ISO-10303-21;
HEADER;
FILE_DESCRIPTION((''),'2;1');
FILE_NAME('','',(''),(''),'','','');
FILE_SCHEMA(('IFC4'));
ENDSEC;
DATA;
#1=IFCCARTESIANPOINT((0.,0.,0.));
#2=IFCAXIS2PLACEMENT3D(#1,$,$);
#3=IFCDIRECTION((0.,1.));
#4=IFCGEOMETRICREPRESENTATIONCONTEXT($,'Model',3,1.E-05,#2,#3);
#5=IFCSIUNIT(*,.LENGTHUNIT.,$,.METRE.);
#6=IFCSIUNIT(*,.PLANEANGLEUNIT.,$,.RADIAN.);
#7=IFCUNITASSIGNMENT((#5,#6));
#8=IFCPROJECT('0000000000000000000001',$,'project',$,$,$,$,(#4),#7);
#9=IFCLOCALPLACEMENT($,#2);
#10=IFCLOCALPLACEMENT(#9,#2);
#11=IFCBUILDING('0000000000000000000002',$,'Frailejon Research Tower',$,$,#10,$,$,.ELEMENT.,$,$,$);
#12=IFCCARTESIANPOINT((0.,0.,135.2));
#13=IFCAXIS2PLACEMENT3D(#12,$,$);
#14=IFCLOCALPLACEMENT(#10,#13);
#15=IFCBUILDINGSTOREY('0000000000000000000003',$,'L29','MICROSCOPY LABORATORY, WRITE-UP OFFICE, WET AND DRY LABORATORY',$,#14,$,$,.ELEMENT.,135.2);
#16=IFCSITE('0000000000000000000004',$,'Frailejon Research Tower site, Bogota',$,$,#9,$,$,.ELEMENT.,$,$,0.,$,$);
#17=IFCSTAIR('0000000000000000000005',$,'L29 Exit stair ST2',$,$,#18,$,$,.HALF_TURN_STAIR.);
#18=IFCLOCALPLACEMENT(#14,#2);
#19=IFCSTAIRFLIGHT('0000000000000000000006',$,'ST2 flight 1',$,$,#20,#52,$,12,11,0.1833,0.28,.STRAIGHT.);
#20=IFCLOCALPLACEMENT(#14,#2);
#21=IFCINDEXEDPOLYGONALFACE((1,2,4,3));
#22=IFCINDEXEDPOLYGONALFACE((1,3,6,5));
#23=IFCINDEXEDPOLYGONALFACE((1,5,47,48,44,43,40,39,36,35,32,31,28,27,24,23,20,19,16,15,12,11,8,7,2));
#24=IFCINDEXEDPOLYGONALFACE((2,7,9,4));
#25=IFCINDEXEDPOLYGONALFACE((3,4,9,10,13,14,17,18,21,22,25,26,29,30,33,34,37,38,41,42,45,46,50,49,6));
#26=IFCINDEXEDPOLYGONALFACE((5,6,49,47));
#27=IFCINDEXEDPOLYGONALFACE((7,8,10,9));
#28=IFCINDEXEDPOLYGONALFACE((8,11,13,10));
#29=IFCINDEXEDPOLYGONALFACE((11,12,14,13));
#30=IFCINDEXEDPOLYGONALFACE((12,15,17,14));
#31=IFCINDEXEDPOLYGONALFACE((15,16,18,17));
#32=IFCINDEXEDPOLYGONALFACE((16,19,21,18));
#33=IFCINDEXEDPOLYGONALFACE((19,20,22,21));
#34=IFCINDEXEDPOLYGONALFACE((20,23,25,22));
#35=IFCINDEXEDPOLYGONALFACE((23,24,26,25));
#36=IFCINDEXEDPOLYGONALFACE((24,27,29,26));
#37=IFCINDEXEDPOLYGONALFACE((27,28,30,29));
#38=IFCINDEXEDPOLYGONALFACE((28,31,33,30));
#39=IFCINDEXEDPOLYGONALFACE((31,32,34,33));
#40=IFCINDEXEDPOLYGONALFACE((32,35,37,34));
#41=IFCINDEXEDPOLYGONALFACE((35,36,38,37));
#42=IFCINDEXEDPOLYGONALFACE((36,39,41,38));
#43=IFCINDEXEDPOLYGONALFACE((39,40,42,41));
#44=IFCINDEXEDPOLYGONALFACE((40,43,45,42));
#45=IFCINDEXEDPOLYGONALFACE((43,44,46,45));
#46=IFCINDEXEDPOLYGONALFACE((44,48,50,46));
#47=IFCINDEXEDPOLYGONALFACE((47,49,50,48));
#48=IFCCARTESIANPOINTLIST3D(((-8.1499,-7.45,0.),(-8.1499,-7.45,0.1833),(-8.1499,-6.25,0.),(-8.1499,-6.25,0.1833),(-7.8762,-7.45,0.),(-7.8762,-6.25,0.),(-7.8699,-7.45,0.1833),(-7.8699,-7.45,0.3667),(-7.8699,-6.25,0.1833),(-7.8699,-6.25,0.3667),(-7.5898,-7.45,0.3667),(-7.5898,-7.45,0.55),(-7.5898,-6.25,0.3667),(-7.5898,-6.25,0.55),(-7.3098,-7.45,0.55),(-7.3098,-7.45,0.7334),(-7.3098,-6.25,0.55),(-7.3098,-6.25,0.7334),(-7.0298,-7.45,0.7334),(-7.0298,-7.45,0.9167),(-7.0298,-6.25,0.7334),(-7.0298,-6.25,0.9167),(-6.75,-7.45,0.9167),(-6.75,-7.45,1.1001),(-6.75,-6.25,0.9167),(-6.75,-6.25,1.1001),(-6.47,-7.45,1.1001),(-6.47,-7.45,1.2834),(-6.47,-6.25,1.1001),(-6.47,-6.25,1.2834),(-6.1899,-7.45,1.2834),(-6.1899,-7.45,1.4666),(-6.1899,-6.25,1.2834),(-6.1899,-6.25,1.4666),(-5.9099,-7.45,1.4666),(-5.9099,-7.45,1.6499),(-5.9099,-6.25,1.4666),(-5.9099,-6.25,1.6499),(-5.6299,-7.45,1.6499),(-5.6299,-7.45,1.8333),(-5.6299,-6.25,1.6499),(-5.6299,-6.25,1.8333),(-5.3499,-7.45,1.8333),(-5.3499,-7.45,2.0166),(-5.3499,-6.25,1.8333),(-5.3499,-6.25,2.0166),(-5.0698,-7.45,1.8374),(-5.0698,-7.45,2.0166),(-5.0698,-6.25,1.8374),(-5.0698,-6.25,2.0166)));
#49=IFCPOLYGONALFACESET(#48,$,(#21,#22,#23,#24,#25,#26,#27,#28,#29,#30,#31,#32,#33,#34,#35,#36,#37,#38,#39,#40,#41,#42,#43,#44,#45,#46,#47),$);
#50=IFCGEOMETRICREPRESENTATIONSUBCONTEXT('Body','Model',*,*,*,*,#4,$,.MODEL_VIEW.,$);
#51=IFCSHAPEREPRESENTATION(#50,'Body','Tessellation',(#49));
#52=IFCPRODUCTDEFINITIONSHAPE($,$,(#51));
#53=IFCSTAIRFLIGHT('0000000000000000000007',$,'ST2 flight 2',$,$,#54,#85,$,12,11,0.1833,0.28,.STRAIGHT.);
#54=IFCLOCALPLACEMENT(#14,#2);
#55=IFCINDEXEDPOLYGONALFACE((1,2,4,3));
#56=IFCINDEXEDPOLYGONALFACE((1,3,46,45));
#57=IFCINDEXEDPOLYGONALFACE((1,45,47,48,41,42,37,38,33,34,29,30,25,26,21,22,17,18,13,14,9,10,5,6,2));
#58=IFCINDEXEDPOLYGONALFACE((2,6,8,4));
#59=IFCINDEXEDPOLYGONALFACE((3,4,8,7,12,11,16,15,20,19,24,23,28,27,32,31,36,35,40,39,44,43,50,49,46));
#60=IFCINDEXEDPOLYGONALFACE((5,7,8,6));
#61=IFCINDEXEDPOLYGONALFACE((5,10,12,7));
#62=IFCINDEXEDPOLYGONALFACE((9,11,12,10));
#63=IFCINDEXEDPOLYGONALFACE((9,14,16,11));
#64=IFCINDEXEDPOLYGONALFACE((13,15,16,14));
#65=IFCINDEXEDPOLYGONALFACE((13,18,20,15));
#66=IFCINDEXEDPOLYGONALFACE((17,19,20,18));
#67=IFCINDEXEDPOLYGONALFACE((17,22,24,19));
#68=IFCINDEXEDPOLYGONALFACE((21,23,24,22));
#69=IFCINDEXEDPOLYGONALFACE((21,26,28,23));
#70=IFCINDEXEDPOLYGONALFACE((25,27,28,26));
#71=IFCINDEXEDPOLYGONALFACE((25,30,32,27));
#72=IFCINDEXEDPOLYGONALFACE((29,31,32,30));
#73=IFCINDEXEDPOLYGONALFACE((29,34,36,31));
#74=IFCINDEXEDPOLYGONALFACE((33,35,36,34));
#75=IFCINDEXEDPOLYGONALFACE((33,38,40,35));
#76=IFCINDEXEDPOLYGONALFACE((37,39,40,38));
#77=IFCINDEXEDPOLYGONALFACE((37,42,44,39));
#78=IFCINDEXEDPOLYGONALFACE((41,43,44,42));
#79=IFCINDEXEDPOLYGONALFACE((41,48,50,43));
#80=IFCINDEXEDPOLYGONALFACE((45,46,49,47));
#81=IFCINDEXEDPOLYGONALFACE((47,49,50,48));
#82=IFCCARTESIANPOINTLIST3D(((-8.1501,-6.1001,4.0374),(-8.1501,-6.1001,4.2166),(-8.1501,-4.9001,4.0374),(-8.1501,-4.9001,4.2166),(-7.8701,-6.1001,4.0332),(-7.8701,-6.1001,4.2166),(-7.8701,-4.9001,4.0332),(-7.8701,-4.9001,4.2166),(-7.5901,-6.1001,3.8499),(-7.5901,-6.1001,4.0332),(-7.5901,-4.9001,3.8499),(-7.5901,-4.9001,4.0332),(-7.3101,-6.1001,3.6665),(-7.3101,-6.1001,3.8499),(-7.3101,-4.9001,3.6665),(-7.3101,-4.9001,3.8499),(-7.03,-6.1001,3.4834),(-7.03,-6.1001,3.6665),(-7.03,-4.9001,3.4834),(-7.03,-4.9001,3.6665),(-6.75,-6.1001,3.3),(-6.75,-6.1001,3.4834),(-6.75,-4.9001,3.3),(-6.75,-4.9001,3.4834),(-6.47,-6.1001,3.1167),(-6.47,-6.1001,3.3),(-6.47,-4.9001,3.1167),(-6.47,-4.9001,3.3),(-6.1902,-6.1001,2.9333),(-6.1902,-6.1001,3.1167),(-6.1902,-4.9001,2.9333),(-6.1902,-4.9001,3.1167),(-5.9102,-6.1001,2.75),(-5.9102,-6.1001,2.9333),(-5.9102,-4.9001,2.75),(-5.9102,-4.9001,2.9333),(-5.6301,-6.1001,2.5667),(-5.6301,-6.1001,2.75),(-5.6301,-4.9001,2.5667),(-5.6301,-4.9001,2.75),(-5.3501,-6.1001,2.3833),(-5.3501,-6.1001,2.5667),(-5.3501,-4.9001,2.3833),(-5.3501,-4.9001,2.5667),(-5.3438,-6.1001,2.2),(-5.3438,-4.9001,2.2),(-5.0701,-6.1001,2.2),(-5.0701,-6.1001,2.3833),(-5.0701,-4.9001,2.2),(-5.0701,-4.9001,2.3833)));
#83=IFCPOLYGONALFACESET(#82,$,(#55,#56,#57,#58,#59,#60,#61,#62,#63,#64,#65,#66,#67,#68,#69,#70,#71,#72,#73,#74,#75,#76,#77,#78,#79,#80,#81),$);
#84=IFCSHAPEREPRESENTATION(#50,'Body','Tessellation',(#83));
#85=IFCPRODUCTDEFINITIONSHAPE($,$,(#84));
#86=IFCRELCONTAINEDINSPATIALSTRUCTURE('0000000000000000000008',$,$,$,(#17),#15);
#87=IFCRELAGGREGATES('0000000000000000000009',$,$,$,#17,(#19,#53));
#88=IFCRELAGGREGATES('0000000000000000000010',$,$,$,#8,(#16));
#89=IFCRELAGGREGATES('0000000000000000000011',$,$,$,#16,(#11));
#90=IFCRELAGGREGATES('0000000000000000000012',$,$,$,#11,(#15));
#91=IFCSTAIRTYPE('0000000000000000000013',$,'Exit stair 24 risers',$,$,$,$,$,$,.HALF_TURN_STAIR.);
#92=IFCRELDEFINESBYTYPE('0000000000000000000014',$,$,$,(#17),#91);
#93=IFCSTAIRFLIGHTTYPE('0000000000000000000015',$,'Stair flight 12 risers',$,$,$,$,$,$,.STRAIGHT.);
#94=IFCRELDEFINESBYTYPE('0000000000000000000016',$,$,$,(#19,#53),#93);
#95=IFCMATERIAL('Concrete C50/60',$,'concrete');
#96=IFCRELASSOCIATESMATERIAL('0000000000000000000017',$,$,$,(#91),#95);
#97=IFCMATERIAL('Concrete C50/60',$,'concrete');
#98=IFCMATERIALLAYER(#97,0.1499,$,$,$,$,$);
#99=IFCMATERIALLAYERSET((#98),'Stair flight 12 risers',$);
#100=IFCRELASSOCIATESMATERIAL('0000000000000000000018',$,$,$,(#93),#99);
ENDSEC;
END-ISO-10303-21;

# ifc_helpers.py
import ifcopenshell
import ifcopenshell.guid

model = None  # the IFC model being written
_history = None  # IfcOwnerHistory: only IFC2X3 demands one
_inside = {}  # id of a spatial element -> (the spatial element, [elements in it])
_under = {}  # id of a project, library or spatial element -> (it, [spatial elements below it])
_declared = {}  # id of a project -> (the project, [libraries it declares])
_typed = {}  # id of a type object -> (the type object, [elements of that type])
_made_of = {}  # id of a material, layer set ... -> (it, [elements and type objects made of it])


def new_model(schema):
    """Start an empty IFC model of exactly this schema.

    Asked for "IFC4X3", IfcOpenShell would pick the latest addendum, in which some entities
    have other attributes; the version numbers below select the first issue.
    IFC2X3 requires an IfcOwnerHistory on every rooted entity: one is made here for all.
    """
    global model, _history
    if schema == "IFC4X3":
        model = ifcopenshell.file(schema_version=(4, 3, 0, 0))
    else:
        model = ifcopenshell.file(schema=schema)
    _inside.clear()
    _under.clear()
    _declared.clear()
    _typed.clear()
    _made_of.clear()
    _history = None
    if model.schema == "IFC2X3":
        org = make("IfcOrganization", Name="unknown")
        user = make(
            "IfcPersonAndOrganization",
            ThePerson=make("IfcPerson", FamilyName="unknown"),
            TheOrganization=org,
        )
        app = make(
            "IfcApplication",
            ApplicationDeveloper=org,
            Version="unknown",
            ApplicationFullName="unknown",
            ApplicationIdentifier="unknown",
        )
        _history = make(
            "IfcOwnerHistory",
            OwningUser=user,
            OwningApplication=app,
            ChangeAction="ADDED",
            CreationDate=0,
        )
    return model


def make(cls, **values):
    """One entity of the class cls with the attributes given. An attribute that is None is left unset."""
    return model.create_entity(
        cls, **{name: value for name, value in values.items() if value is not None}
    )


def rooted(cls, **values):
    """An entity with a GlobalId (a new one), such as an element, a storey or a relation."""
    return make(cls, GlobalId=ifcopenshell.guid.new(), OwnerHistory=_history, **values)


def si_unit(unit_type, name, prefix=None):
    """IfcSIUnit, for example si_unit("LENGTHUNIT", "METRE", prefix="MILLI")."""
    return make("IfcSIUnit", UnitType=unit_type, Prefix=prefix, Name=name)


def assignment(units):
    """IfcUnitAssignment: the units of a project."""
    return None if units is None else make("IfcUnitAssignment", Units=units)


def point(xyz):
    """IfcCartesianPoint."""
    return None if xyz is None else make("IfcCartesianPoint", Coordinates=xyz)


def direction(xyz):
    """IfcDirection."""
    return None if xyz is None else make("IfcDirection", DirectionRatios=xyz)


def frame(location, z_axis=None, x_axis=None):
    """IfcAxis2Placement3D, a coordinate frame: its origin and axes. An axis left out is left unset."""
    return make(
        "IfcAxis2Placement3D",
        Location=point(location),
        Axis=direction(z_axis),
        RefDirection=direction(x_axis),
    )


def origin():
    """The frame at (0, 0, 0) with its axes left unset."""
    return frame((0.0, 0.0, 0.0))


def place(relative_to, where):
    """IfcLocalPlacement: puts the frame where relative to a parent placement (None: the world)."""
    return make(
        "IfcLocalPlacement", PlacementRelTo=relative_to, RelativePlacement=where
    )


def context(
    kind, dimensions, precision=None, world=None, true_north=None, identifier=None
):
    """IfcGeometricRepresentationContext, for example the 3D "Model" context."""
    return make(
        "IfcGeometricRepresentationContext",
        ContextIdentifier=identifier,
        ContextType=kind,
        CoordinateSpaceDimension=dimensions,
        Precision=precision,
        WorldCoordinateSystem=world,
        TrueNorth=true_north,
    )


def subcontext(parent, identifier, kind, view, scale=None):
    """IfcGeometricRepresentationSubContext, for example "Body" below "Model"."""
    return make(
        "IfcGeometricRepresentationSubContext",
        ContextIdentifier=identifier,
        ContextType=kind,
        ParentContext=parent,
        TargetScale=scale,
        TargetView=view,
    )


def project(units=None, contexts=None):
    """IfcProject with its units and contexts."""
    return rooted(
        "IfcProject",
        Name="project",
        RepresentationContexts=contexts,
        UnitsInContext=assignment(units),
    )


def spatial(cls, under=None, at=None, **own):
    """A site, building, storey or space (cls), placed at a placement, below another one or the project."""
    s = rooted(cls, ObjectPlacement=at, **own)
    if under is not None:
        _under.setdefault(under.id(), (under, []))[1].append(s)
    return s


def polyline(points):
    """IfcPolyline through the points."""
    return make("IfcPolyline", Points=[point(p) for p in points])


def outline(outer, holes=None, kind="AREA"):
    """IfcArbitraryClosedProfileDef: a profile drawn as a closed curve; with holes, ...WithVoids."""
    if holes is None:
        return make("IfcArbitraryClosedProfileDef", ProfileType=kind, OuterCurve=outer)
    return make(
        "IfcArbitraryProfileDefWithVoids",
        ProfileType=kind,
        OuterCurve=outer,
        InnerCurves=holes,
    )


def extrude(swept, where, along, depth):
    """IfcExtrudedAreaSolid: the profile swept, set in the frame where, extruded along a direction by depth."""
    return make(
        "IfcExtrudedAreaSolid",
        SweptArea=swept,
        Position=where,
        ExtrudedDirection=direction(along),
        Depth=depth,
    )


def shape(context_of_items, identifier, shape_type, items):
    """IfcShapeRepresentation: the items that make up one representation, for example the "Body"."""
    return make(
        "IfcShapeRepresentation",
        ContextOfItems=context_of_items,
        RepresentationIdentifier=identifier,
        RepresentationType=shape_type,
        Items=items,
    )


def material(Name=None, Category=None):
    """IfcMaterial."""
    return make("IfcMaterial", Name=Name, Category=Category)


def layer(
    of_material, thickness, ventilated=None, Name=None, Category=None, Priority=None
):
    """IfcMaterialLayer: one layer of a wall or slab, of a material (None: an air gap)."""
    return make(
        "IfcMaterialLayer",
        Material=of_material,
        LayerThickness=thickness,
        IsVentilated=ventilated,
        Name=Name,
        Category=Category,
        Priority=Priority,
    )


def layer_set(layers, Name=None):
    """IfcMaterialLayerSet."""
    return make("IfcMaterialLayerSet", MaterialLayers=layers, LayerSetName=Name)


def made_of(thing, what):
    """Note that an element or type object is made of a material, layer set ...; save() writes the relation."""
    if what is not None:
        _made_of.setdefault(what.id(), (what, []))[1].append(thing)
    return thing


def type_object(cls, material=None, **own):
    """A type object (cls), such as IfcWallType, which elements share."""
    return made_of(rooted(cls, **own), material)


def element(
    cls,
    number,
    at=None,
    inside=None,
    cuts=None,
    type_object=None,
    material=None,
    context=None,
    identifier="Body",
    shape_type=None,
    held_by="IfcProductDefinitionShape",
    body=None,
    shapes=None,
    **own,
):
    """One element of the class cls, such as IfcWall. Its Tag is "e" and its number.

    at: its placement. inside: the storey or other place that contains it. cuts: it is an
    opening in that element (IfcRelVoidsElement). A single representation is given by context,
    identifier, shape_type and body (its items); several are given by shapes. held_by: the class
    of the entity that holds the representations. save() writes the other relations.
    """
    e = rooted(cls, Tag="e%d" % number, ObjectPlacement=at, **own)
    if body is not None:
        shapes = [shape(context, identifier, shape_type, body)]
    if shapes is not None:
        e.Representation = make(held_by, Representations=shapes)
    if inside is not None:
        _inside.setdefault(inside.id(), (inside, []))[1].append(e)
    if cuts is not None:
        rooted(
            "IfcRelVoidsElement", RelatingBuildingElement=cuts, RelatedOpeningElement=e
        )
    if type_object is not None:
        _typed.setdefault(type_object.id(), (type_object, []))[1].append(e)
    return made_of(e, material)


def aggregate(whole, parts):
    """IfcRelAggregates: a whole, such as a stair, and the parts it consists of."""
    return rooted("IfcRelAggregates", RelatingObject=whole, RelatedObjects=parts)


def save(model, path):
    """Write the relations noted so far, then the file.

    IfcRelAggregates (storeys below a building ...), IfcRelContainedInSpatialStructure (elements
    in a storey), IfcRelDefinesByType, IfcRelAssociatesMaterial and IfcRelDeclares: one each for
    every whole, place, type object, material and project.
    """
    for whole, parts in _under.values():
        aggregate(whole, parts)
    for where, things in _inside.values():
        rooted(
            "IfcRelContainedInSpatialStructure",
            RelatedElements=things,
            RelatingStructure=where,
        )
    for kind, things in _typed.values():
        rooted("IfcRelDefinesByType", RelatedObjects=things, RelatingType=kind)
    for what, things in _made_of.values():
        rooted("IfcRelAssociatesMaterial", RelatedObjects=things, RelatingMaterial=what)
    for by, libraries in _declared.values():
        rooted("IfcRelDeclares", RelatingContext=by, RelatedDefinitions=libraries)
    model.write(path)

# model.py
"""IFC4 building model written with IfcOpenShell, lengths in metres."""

from ifc_helpers import new_model, si_unit, direction, frame, origin, place, context, subcontext, project, spatial, polyline, outline, extrude, material, layer, layer_set, type_object, element, aggregate, save


model = new_model("IFC4")

# Units and contexts
model_context = context("Model", 3, precision=1e-05, world=origin(), true_north=direction((0.0, 1.0)))
body_context = subcontext(model_context, "Body", "Model", "MODEL_VIEW")
ifc_project = project(units=[si_unit("LENGTHUNIT", "METRE"), si_unit("PLANEANGLEUNIT", "RADIAN")], contexts=[model_context])

# Site, building, storey
site_placement = place(None, origin())
site = spatial("IfcSite", under=ifc_project, at=site_placement, Name="Frailejon Research Tower site, Bogota", CompositionType="ELEMENT", RefElevation=0.0)
building_placement = place(site_placement, origin())
building = spatial("IfcBuilding", under=site, at=building_placement, Name="Frailejon Research Tower", CompositionType="ELEMENT")
storey_placement = place(building_placement, frame((0.0, 0.0, 135.2)))
storey = spatial("IfcBuildingStorey", under=building, at=storey_placement, Name="L29", Description="MICROSCOPY LABORATORY, WRITE-UP OFFICE, WET AND DRY LABORATORY", CompositionType="ELEMENT", Elevation=135.2)

# Stair, stair flights
ifc_material_1 = material(Name="Concrete C50/60", Category="concrete")
stair_type = type_object("IfcStairType", Name="Exit stair 24 risers", PredefinedType="HALF_TURN_STAIR", material=ifc_material_1)
stair_placement = place(storey_placement, origin())
stair = element("IfcStair", 1, at=stair_placement, inside=storey, type_object=stair_type, Name="L29 Exit stair ST2", PredefinedType="HALF_TURN_STAIR")
ifc_material_2 = material(Name="Concrete C50/60", Category="concrete")
ifc_layer_1 = layer(ifc_material_2, 0.1499)
ifc_layer_set_1 = layer_set([ifc_layer_1], Name="Stair flight 12 risers")
stair_flight_type = type_object("IfcStairFlightType", Name="Stair flight 12 risers", PredefinedType="STRAIGHT", material=ifc_layer_set_1)
stair_flight_1_placement = place(storey_placement, frame((-8.1499, -6.8501, 0.0), z_axis=(0.0, 0.0, 1.0), x_axis=(1.0, 0.0, 0.0)))
stair_flight_1 = element("IfcStairFlight", 2, at=stair_flight_1_placement, type_object=stair_flight_type, Name="ST2 flight 1", NumberOfRisers=12, NumberOfTreads=11, PredefinedType="STRAIGHT", RiserHeight=0.1833, TreadLength=0.28, context=body_context, shape_type="SweptSolid", body=[
    extrude(outline(polyline([(0.0, 0.0), (0.0, 0.1833), (0.28, 0.1833), (0.28, 0.3667), (0.5601, 0.3667), (0.5601, 0.55), (0.8401, 0.55), (0.8401, 0.7334), (1.1201, 0.7334), (1.1201, 0.9167), (1.3999, 0.9167), (1.3999, 1.1001), (1.6799, 1.1001), (1.6799, 1.2834), (1.96, 1.2834), (1.96, 1.4666), (2.24, 1.4666), (2.24, 1.6499), (2.52, 1.6499), (2.52, 1.8333), (2.8, 1.8333), (2.8, 2.0166), (3.0801, 2.0166), (3.0801, 2.2), (3.0801, 1.8374), (0.2737, 0.0), (0.0, 0.0)])), frame((0.0, 0.6001, 0.0), z_axis=(0.0, -1.0, 0.0), x_axis=(1.0, 0.0, 0.0)), (0.0, 0.0, 1.0), 1.2),
])
stair_flight_2_placement = place(storey_placement, frame((-5.0701, -5.5, 2.2), z_axis=(0.0, 0.0, 1.0), x_axis=(-1.0, 0.0, 0.0)))
stair_flight_2 = element("IfcStairFlight", 3, at=stair_flight_2_placement, type_object=stair_flight_type, Name="ST2 flight 2", NumberOfRisers=12, NumberOfTreads=11, PredefinedType="STRAIGHT", RiserHeight=0.1833, TreadLength=0.28, context=body_context, shape_type="SweptSolid", body=[
    extrude(outline(polyline([(0.0, 0.0), (0.0, 0.1833), (0.28, 0.1833), (0.28, 0.3667), (0.5601, 0.3667), (0.5601, 0.55), (0.8401, 0.55), (0.8401, 0.7334), (1.1201, 0.7334), (1.1201, 0.9167), (1.3999, 0.9167), (1.3999, 1.1001), (1.6799, 1.1001), (1.6799, 1.2834), (1.96, 1.2834), (1.96, 1.4666), (2.24, 1.4666), (2.24, 1.6499), (2.52, 1.6499), (2.52, 1.8333), (2.8, 1.8333), (2.8, 2.0166), (3.0801, 2.0166), (3.0801, 2.2), (3.0801, 1.8374), (0.2737, 0.0), (0.0, 0.0)])), frame((0.0, 0.6001, 0.0), z_axis=(0.0, -1.0, 0.0), x_axis=(1.0, 0.0, 0.0)), (0.0, 0.0, 1.0), 1.2),
])
aggregate(stair, [stair_flight_1, stair_flight_2])

save(model, "model.ifc")
